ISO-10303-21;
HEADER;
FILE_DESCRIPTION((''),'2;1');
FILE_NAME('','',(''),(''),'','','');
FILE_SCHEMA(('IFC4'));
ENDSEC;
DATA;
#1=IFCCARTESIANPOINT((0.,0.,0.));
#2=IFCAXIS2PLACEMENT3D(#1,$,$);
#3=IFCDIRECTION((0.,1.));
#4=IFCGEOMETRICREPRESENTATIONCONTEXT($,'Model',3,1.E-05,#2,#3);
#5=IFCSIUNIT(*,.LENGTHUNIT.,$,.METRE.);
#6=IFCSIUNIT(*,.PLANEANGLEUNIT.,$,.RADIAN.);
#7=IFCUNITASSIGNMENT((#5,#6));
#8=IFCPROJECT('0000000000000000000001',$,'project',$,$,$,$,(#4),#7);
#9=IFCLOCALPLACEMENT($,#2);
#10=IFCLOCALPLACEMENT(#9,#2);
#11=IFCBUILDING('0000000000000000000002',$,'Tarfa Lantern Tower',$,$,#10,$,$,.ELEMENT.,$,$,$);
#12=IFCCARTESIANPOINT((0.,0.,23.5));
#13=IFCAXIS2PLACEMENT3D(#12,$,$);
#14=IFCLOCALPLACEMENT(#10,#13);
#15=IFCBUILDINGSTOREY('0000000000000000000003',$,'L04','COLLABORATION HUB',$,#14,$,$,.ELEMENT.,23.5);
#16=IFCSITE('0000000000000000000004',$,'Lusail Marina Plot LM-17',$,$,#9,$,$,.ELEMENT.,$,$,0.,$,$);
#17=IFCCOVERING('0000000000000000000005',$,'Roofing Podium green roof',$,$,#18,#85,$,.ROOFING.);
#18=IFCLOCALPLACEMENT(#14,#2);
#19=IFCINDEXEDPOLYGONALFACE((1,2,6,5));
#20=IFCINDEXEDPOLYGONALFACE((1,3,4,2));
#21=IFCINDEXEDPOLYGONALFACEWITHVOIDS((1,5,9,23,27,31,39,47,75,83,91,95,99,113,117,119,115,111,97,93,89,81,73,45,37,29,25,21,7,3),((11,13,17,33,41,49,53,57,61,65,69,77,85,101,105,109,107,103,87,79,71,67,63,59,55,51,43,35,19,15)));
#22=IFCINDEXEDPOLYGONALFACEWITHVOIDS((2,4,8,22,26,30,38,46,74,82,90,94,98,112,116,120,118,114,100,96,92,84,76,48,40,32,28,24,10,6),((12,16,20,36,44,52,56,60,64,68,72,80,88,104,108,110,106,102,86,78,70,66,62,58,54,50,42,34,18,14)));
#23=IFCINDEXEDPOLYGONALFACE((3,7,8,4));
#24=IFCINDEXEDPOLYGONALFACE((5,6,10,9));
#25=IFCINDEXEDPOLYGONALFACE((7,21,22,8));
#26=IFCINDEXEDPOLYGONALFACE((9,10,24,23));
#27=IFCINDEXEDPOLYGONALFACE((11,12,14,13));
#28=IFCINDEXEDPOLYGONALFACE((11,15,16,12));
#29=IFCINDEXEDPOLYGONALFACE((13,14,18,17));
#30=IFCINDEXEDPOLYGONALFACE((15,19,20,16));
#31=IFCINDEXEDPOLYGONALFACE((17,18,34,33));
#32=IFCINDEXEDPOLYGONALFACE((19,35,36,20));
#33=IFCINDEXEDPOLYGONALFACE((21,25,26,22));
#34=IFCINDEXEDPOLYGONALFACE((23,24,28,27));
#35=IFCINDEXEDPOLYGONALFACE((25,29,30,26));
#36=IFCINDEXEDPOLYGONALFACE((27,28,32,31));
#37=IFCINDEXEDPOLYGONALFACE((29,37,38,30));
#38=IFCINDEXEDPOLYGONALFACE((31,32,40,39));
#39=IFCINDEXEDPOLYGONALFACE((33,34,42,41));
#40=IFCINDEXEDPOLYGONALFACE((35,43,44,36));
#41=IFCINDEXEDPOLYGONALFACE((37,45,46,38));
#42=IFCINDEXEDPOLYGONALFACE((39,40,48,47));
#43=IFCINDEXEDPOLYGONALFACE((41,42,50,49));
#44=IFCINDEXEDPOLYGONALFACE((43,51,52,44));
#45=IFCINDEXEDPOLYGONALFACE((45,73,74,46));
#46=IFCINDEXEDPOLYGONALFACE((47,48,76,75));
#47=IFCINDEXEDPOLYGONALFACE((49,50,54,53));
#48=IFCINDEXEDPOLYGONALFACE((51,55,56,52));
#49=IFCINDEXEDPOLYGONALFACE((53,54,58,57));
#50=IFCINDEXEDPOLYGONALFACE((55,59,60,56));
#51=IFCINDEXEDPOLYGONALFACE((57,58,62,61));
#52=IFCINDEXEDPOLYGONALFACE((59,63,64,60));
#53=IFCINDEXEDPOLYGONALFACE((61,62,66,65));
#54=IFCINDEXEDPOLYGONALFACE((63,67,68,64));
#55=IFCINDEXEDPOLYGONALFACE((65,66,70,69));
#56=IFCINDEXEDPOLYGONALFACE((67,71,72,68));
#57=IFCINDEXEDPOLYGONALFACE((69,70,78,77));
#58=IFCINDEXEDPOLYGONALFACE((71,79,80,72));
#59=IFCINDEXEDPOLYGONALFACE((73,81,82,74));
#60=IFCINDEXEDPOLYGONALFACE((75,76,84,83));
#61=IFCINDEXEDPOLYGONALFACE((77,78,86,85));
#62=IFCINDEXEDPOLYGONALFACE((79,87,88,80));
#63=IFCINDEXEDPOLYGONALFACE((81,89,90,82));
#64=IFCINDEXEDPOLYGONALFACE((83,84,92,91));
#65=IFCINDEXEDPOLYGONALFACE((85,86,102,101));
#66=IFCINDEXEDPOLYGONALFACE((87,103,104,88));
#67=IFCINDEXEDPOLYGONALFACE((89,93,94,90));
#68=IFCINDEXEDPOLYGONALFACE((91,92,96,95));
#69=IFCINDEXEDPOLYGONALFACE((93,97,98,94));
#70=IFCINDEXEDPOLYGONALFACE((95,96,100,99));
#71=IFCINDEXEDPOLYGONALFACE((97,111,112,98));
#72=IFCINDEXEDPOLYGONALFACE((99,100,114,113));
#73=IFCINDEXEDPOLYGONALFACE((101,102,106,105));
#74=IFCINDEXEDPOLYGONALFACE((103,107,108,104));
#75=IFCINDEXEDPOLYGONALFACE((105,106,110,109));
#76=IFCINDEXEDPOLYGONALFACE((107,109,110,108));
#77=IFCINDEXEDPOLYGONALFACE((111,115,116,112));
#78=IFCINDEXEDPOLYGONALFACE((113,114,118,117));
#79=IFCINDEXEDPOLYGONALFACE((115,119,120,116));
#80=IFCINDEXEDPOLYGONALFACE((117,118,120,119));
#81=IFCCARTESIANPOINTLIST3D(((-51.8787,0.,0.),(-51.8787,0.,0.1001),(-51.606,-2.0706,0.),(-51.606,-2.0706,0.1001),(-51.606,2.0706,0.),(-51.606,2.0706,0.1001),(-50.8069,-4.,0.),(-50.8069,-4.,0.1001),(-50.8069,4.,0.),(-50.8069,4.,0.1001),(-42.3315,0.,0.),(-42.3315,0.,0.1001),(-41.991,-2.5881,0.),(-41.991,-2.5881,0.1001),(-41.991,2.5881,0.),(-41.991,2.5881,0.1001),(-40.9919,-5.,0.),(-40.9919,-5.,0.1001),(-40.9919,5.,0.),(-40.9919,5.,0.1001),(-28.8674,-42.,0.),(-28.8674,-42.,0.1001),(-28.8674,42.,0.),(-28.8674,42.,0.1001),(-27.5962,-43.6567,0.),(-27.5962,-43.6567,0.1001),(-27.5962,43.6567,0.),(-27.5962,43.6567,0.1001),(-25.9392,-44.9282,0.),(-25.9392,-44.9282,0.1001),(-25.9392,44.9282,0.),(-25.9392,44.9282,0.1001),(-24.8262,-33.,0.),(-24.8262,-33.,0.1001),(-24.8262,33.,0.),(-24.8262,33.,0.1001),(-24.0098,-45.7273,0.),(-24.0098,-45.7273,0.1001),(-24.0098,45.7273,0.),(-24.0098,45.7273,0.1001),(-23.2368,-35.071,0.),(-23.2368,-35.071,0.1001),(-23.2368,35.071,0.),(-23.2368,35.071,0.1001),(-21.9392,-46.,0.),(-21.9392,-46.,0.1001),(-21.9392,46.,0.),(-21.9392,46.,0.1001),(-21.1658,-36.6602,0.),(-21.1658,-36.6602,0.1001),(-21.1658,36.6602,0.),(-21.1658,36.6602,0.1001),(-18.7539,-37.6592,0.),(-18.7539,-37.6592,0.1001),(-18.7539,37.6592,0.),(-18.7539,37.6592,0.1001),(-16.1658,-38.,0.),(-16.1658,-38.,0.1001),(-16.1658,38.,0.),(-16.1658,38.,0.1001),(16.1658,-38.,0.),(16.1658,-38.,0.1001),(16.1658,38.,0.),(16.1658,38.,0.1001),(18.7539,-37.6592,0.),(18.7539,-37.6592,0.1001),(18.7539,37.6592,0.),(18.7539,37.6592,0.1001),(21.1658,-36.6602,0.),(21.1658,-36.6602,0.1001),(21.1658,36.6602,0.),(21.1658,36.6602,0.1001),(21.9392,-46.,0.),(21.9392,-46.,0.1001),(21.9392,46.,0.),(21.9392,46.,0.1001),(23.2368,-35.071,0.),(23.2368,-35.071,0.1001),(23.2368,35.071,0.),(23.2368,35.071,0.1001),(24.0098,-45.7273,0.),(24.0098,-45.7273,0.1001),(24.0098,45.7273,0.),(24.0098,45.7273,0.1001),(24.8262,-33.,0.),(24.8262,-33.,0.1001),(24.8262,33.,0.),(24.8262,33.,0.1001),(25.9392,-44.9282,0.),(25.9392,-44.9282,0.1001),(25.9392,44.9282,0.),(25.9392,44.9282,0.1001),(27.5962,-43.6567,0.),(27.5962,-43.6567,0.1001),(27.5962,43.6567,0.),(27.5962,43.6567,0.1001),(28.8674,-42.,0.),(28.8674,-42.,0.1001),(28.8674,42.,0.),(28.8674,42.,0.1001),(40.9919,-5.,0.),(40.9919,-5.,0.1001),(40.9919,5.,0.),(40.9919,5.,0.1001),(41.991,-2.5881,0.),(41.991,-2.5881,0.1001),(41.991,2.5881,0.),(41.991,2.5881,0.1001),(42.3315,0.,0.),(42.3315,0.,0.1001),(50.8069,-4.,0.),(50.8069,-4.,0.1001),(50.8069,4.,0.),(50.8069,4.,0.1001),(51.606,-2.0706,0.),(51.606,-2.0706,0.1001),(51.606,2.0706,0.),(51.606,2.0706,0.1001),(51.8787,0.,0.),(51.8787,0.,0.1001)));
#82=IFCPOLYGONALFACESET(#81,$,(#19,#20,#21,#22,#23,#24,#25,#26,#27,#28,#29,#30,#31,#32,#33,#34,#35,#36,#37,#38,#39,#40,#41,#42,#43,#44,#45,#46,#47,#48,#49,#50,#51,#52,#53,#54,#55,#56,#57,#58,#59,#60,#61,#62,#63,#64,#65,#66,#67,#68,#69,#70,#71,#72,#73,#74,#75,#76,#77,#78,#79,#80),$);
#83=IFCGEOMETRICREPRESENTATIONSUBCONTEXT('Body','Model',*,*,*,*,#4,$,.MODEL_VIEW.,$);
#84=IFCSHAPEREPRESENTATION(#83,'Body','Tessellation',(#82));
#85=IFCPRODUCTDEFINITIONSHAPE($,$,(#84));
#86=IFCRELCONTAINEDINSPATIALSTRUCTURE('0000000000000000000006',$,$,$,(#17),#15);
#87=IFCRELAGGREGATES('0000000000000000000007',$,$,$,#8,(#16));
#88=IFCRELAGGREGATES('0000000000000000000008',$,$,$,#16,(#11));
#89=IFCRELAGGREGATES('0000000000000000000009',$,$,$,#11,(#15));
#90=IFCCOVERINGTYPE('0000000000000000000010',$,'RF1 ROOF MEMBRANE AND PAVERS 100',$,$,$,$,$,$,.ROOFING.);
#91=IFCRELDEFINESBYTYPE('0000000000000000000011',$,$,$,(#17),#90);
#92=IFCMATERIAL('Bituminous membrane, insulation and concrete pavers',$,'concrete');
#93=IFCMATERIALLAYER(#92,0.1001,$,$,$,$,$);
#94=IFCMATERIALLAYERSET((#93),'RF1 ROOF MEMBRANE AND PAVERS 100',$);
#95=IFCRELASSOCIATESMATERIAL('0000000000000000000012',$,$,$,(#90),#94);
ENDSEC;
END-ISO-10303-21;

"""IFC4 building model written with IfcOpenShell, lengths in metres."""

from ifc_helpers import new_model, si_unit, direction, frame, origin, place, context, subcontext, project, spatial, polyline, outline, extrude, material, layer, layer_set, type_object, element, save


model = new_model("IFC4")

# Units and contexts
model_context = context("Model", 3, precision=1e-05, world=origin(), true_north=direction((0.0, 1.0)))
body_context = subcontext(model_context, "Body", "Model", "MODEL_VIEW")
ifc_project = project(units=[si_unit("LENGTHUNIT", "METRE"), si_unit("PLANEANGLEUNIT", "RADIAN")], contexts=[model_context])

# Site, building, storey
site_placement = place(None, origin())
site = spatial("IfcSite", under=ifc_project, at=site_placement, Name="Lusail Marina Plot LM-17", CompositionType="ELEMENT", RefElevation=0.0)
building_placement = place(site_placement, origin())
building = spatial("IfcBuilding", under=site, at=building_placement, Name="Tarfa Lantern Tower", CompositionType="ELEMENT")
storey_placement = place(building_placement, frame((0.0, 0.0, 23.5)))
storey = spatial("IfcBuildingStorey", under=building, at=storey_placement, Name="L04", Description="COLLABORATION HUB", CompositionType="ELEMENT", Elevation=23.5)

# Covering
ifc_material_1 = material(Name="Bituminous membrane, insulation and concrete pavers", Category="concrete")
ifc_layer_1 = layer(ifc_material_1, 0.1001)
ifc_layer_set_1 = layer_set([ifc_layer_1], Name="RF1 ROOF MEMBRANE AND PAVERS 100")
covering_type_1 = type_object("IfcCoveringType", Name="RF1 ROOF MEMBRANE AND PAVERS 100", PredefinedType="ROOFING", material=ifc_layer_set_1)
covering_1_placement = place(storey_placement, origin())
element("IfcCovering", 1, at=covering_1_placement, inside=storey, type_object=covering_type_1, Name="Roofing Podium green roof", PredefinedType="ROOFING", context=body_context, shape_type="SweptSolid", body=[
    extrude(outline(polyline([(50.8069, 4.0), (28.8674, 42.0), (27.5962, 43.6567), (25.9392, 44.9282), (24.0098, 45.7273), (21.9392, 46.0), (-21.9392, 46.0), (-24.0098, 45.7273), (-25.9392, 44.9282), (-27.5962, 43.6567), (-28.8674, 42.0), (-50.8069, 4.0), (-51.606, 2.0706), (-51.8787, 0.0), (-51.606, -2.0706), (-50.8069, -4.0), (-28.8674, -42.0), (-27.5962, -43.6567), (-25.9392, -44.9282), (-24.0098, -45.7273), (-21.9392, -46.0), (21.9392, -46.0), (24.0098, -45.7273), (25.9392, -44.9282), (27.5962, -43.6567), (28.8674, -42.0), (50.8069, -4.0), (51.606, -2.0706), (51.8787, 0.0), (51.606, 2.0706), (50.8069, 4.0)]), holes=[polyline([(40.9919, 5.0), (24.8262, 33.0), (23.2368, 35.071), (21.1658, 36.6602), (18.7539, 37.6592), (16.1658, 38.0), (-16.1658, 38.0), (-18.7539, 37.6592), (-21.1658, 36.6602), (-23.2368, 35.071), (-24.8262, 33.0), (-40.9919, 5.0), (-41.991, 2.5881), (-42.3315, 0.0), (-41.991, -2.5881), (-40.9919, -5.0), (-24.8262, -33.0), (-23.2368, -35.071), (-21.1658, -36.6602), (-18.7539, -37.6592), (-16.1658, -38.0), (16.1658, -38.0), (18.7539, -37.6592), (21.1658, -36.6602), (23.2368, -35.071), (24.8262, -33.0), (40.9919, -5.0), (41.991, -2.5881), (42.3315, 0.0), (41.991, 2.5881), (40.9919, 5.0)])]), origin(), (0.0, 0.0, 1.0), 0.1001),
])

save(model, "model.ifc")
